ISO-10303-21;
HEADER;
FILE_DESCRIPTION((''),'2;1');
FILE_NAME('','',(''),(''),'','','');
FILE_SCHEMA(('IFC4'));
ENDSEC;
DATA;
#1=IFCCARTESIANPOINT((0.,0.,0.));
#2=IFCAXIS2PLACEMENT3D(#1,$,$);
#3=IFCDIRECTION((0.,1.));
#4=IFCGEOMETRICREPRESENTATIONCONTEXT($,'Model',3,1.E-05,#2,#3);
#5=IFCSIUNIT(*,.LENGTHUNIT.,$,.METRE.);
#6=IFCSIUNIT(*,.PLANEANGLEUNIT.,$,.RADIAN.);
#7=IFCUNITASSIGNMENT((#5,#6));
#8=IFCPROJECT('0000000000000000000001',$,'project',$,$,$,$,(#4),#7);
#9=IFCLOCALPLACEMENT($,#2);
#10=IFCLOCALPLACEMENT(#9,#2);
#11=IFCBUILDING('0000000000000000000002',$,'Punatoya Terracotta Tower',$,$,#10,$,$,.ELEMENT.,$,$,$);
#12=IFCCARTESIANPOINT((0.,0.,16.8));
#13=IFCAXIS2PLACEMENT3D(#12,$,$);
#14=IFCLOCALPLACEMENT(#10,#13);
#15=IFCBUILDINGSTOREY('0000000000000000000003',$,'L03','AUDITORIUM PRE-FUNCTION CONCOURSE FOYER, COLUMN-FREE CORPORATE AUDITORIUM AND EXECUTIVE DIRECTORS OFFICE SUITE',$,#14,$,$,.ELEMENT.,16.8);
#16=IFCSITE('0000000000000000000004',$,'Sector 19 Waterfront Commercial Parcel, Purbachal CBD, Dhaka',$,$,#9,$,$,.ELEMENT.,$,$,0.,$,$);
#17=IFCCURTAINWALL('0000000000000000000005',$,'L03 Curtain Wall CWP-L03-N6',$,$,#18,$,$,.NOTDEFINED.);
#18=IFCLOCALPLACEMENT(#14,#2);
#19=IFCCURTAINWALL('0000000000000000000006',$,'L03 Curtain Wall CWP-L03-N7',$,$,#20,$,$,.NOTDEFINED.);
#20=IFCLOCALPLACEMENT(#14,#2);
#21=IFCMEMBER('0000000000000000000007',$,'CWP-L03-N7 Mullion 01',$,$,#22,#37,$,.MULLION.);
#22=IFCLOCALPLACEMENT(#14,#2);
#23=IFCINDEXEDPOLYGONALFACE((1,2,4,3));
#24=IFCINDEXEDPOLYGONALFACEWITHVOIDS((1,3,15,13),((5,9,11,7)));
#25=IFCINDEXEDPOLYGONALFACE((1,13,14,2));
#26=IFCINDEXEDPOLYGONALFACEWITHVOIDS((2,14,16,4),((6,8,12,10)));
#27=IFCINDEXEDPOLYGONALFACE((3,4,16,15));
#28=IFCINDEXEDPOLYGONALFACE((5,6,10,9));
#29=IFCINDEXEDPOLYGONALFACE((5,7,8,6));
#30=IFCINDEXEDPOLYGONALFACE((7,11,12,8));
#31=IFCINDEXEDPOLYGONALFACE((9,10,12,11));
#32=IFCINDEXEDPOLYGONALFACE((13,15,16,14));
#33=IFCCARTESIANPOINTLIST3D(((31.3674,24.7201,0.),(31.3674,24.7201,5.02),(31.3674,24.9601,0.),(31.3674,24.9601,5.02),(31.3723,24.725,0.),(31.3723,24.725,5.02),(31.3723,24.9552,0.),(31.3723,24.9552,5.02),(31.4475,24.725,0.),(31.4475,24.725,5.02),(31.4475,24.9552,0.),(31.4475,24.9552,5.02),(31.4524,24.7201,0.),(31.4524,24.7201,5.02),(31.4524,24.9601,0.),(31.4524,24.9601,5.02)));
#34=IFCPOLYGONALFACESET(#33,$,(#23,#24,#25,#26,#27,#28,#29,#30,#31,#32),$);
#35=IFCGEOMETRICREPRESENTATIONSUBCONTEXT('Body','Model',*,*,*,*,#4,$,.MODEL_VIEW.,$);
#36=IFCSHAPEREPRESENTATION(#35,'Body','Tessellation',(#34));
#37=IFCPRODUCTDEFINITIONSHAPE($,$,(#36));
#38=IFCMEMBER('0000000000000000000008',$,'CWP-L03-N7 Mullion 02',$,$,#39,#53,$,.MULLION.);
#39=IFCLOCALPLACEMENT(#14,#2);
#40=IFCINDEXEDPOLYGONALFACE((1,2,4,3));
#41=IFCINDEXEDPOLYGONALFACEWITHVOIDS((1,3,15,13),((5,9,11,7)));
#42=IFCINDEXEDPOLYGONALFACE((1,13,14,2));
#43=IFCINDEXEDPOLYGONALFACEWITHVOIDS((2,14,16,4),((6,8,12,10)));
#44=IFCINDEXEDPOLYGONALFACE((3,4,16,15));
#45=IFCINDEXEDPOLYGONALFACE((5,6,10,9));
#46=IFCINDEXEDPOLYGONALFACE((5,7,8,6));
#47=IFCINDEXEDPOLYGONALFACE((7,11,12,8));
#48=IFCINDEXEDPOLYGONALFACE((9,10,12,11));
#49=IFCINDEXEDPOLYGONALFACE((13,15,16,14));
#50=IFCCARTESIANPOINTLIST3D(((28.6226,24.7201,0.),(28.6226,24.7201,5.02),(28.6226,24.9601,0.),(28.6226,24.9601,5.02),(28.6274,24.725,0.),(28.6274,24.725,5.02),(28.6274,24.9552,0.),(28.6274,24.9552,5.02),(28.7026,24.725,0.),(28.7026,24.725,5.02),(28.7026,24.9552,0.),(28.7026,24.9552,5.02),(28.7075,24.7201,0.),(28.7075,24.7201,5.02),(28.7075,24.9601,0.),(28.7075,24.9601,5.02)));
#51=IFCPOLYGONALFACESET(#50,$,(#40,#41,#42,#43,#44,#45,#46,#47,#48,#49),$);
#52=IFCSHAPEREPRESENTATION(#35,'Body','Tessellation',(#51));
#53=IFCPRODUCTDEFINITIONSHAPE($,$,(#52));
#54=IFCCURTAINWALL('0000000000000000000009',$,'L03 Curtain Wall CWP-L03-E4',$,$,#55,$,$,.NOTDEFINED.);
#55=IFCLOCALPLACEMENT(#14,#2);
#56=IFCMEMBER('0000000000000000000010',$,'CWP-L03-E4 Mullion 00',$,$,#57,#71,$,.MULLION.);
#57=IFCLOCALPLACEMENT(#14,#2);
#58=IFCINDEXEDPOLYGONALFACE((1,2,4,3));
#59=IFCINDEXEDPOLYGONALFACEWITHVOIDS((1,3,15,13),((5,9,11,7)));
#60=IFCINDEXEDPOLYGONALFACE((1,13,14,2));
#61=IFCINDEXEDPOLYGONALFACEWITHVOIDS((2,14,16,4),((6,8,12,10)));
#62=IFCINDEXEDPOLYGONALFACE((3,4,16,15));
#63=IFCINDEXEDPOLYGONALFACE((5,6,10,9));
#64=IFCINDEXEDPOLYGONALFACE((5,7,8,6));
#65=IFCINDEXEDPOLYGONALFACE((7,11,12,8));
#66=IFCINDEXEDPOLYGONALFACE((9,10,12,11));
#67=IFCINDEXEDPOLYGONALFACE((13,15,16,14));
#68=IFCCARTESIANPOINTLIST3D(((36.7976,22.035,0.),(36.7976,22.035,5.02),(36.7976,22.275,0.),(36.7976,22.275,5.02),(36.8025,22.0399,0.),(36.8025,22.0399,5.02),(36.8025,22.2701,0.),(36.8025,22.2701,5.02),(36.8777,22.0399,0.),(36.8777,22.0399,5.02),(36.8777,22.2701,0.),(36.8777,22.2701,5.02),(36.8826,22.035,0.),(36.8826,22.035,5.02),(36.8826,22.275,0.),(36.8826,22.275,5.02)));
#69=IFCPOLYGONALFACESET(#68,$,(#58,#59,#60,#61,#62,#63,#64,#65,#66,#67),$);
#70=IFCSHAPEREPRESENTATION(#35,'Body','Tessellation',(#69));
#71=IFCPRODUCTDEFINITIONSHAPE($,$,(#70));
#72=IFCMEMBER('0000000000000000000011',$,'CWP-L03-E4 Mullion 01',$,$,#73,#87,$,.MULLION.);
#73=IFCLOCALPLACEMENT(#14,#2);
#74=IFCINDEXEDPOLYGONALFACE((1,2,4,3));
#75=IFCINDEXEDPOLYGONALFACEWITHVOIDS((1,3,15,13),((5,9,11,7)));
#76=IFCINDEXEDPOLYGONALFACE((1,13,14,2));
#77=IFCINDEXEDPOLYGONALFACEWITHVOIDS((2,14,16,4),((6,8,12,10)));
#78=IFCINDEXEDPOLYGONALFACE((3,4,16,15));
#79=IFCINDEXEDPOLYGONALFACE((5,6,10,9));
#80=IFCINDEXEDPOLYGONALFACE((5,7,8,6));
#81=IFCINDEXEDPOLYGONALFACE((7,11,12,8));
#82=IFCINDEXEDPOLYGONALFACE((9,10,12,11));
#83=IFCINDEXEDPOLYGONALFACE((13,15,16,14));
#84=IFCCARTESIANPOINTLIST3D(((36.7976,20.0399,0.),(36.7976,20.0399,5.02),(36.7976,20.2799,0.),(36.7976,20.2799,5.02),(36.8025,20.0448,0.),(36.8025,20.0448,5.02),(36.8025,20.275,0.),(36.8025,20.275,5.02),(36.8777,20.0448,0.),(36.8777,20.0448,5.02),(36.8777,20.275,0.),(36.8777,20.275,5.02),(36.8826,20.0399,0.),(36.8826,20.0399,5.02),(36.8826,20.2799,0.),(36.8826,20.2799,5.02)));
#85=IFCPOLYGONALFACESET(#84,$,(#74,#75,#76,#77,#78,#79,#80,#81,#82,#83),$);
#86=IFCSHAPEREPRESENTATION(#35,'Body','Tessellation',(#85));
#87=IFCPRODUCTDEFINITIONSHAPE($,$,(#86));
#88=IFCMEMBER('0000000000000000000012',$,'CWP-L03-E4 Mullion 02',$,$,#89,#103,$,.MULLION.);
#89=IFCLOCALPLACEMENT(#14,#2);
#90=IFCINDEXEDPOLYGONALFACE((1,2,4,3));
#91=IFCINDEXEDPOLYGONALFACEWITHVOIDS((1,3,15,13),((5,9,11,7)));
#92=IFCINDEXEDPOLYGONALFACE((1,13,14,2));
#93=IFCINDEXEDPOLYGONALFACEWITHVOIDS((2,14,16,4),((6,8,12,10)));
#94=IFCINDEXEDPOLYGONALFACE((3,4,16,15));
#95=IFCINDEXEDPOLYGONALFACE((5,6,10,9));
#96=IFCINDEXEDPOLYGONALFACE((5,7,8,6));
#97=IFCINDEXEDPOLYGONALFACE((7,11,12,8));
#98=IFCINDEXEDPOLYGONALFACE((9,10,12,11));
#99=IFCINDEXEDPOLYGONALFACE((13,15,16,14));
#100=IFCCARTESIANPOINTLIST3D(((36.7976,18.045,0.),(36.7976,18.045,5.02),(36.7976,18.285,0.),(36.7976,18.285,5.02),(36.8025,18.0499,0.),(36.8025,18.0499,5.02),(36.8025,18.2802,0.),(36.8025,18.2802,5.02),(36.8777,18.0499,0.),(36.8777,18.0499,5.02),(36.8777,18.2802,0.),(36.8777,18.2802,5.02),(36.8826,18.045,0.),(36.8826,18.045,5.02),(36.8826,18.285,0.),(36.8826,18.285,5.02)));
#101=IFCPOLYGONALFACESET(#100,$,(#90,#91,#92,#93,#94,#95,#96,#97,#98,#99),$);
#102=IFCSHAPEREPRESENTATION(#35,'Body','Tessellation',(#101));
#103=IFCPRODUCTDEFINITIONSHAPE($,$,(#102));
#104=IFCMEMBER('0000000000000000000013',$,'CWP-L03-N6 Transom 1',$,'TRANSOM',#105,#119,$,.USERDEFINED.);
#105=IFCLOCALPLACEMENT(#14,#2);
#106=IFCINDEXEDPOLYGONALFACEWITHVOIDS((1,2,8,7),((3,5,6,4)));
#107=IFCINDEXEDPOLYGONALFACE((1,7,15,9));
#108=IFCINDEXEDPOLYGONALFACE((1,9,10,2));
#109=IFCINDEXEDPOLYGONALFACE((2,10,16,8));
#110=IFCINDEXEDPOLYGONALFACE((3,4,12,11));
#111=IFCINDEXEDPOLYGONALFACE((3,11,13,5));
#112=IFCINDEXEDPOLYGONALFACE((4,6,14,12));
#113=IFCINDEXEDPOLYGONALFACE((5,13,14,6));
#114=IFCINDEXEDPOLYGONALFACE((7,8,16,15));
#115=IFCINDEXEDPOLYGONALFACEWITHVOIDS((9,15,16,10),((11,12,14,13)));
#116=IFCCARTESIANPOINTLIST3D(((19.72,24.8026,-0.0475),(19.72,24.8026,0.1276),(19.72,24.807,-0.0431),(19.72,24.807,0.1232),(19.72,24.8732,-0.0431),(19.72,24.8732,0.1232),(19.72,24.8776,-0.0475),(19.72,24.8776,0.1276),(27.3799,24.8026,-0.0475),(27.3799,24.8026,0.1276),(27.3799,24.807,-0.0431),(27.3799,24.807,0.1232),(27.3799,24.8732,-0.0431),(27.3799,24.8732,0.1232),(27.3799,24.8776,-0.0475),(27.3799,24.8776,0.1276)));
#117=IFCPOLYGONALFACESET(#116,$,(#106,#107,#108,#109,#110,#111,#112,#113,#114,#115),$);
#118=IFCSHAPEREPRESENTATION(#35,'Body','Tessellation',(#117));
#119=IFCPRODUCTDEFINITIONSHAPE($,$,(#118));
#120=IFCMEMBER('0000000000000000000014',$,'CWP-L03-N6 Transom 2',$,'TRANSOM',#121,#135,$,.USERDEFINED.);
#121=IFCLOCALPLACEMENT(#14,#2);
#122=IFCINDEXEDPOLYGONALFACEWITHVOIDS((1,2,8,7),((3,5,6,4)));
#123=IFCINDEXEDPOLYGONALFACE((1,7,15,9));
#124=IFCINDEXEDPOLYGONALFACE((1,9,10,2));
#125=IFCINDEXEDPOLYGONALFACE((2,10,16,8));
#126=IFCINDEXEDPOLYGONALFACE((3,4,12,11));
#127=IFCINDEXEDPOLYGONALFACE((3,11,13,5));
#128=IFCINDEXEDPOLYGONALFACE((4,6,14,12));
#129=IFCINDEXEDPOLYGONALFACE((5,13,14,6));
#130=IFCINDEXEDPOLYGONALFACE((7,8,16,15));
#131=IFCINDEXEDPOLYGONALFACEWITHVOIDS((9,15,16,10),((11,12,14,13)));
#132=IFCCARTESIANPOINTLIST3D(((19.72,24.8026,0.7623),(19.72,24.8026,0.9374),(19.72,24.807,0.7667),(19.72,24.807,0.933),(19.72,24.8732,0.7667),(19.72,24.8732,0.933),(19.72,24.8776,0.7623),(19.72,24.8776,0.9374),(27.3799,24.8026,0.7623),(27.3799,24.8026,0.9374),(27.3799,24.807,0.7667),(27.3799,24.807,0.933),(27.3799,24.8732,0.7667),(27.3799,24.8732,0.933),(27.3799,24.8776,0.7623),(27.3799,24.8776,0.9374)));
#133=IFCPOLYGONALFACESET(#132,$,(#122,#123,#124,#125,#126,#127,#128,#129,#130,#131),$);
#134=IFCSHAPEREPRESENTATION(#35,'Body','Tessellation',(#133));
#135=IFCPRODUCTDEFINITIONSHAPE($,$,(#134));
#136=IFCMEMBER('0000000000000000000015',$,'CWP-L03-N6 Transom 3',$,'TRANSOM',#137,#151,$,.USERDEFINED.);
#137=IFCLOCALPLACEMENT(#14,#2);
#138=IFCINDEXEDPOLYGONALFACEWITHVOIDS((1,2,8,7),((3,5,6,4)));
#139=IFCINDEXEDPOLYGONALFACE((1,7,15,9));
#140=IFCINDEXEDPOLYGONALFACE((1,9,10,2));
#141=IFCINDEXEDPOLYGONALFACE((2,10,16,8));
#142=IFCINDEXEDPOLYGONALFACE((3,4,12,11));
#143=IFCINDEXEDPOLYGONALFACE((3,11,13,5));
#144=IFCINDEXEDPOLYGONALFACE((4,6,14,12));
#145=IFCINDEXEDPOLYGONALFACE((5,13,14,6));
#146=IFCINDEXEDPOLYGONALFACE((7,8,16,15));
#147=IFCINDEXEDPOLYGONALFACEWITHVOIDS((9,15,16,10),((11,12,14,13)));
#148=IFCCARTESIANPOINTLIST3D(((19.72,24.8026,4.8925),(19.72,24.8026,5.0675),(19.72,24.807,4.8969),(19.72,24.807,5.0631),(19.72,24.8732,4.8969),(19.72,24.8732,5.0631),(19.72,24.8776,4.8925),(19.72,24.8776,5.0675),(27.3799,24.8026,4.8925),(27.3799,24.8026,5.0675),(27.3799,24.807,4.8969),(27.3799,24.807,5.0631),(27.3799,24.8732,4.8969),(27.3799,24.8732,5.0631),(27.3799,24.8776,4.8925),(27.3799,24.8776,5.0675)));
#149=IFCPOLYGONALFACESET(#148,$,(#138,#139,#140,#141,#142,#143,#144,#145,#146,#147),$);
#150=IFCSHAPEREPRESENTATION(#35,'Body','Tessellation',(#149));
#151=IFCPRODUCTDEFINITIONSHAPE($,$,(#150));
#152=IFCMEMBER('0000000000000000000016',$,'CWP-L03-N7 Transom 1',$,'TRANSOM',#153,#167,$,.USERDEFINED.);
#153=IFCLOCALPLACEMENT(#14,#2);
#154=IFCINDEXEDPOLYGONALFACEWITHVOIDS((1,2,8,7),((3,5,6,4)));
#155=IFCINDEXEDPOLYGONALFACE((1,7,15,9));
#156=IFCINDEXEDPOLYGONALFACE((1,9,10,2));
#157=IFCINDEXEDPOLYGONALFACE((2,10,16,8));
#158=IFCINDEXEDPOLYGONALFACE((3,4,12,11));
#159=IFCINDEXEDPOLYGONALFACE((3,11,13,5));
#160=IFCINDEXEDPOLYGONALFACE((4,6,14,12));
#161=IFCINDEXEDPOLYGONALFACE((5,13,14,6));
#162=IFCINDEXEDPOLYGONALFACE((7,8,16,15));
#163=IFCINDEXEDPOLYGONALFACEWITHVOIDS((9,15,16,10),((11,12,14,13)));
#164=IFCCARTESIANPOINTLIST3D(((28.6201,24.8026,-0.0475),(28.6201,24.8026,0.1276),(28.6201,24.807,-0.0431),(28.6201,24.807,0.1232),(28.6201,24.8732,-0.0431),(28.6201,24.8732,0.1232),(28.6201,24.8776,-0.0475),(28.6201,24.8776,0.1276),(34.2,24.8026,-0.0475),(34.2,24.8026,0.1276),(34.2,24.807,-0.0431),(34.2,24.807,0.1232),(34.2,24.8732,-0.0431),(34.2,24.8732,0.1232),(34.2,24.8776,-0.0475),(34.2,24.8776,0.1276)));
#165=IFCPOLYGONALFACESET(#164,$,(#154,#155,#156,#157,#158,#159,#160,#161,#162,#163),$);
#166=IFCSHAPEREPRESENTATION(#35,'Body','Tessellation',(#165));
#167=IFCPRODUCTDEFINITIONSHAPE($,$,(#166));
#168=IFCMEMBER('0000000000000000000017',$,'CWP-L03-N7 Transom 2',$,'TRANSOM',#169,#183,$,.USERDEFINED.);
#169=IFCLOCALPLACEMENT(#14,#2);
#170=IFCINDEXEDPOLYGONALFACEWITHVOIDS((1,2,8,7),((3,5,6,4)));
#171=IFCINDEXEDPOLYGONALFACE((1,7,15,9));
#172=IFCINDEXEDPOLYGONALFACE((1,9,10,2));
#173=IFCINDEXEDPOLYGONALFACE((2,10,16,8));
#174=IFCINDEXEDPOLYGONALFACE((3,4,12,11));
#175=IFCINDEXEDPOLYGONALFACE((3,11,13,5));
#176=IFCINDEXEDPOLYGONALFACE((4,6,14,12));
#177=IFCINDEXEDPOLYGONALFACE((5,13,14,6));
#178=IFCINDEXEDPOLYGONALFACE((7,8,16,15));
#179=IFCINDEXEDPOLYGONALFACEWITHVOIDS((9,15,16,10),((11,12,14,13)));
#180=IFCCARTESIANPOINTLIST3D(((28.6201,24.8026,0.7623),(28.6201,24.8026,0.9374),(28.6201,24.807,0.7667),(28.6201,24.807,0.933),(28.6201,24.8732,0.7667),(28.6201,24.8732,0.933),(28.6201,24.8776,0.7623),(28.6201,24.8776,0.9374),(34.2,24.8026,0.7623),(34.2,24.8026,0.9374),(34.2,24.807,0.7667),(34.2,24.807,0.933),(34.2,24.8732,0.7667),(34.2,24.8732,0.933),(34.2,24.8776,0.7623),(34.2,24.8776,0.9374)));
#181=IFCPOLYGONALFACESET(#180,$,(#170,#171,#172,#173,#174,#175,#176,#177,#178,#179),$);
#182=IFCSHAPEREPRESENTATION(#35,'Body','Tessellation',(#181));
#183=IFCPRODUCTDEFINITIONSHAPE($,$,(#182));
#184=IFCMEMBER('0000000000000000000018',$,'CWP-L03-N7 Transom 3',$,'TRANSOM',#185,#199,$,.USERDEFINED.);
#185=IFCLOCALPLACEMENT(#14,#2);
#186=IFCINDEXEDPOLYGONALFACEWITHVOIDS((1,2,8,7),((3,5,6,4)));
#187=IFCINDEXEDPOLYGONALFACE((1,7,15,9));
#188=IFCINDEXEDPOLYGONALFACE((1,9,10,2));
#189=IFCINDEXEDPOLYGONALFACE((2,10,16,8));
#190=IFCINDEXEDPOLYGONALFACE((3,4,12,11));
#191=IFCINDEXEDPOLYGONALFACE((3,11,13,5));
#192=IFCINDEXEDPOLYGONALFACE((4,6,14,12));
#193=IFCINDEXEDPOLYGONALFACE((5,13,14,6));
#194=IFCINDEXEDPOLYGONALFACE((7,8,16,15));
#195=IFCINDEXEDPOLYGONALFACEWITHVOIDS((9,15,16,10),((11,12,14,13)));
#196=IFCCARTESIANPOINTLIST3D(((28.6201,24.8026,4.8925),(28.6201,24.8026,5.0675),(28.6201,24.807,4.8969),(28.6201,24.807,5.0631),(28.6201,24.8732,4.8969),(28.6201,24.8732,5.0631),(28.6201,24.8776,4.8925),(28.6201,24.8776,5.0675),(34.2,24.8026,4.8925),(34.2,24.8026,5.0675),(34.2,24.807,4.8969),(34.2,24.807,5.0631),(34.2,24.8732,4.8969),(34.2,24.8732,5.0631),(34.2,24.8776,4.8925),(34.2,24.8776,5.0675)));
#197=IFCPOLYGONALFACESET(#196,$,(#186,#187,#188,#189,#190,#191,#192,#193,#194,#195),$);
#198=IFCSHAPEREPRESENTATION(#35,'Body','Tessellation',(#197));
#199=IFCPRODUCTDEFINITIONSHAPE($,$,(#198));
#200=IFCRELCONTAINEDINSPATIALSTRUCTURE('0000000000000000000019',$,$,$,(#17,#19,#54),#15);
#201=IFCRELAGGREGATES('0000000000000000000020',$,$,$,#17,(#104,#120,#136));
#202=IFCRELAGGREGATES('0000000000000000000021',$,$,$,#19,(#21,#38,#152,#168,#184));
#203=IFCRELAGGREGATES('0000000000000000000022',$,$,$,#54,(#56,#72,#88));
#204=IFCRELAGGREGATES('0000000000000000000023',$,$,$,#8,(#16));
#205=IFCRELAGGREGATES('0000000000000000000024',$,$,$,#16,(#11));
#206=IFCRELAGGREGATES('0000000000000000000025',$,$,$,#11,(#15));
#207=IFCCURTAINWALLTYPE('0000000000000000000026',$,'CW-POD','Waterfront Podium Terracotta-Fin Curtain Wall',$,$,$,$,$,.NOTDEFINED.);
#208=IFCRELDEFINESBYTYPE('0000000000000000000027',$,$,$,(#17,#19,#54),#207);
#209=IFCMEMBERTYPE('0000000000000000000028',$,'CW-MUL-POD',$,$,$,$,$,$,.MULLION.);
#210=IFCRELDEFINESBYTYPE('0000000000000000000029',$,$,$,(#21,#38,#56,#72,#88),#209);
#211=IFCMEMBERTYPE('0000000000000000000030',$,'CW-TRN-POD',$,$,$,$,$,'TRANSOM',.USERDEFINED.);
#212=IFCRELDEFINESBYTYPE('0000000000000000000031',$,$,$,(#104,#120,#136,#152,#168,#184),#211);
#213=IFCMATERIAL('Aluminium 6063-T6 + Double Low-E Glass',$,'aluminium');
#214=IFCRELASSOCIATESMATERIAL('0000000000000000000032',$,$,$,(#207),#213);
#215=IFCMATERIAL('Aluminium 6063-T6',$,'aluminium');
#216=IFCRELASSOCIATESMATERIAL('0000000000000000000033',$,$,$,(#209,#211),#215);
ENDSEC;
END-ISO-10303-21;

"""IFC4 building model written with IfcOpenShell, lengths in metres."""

from ifc_helpers import new_model, si_unit, direction, frame, origin, origin_2d, place, context, subcontext, project, spatial, hollow_rectangle, extrude, material, material_profile, profile_set, type_object, element, aggregate, save


model = new_model("IFC4")

# Units and contexts
model_context = context("Model", 3, precision=1e-05, world=origin(), true_north=direction((0.0, 1.0)))
body_context = subcontext(model_context, "Body", "Model", "MODEL_VIEW")
ifc_project = project(units=[si_unit("LENGTHUNIT", "METRE"), si_unit("PLANEANGLEUNIT", "RADIAN")], contexts=[model_context])

# Site, building, storey
site_placement = place(None, origin())
site = spatial("IfcSite", under=ifc_project, at=site_placement, Name="Sector 19 Waterfront Commercial Parcel, Purbachal CBD, Dhaka", CompositionType="ELEMENT", RefElevation=0.0)
building_placement = place(site_placement, origin())
building = spatial("IfcBuilding", under=site, at=building_placement, Name="Punatoya Terracotta Tower", CompositionType="ELEMENT")
storey_placement = place(building_placement, frame((0.0, 0.0, 16.8)))
storey = spatial("IfcBuildingStorey", under=building, at=storey_placement, Name="L03", Description="AUDITORIUM PRE-FUNCTION CONCOURSE FOYER, COLUMN-FREE CORPORATE AUDITORIUM AND EXECUTIVE DIRECTORS OFFICE SUITE", CompositionType="ELEMENT", Elevation=16.8)

# Curtain walls, members
ifc_material_1 = material(Name="Aluminium 6063-T6 + Double Low-E Glass", Category="aluminium")
curtain_wall_type = type_object("IfcCurtainWallType", Name="CW-POD", Description="Waterfront Podium Terracotta-Fin Curtain Wall", PredefinedType="NOTDEFINED", material=ifc_material_1)
curtain_wall_1_placement = place(storey_placement, origin())
curtain_wall_1 = element("IfcCurtainWall", 1, at=curtain_wall_1_placement, inside=storey, type_object=curtain_wall_type, Name="L03 Curtain Wall CWP-L03-N6", PredefinedType="NOTDEFINED")
ifc_material_2 = material(Name="Aluminium 6063-T6", Category="aluminium")
ifc_material_profile_1 = material_profile(ifc_material_2, hollow_rectangle(XDim=0.085, YDim=0.24, WallThickness=0.0049, at=origin_2d()))
ifc_profile_set_1 = profile_set([ifc_material_profile_1], Name="Aluminium 6063-T6")
member_type_1 = type_object("IfcMemberType", Name="CW-MUL-POD", PredefinedType="MULLION", material=ifc_profile_set_1)
curtain_wall_2_placement = place(storey_placement, origin())
curtain_wall_2 = element("IfcCurtainWall", 2, at=curtain_wall_2_placement, inside=storey, type_object=curtain_wall_type, Name="L03 Curtain Wall CWP-L03-N7", PredefinedType="NOTDEFINED")
member_1_placement = place(storey_placement, frame((31.4099, 24.8401, 0.0), z_axis=(0.0, 0.0, 1.0), x_axis=(1.0, 0.0, 0.0)))
member_1 = element("IfcMember", 3, at=member_1_placement, type_object=member_type_1, Name="CWP-L03-N7 Mullion 01", PredefinedType="MULLION", context=body_context, shape_type="SweptSolid", body=[
    extrude(hollow_rectangle(XDim=0.085, YDim=0.24, WallThickness=0.0049, at=origin_2d()), origin(), (0.0, 0.0, 1.0), 5.02),
])
member_2_placement = place(storey_placement, frame((28.665, 24.8401, 0.0), z_axis=(0.0, 0.0, 1.0), x_axis=(1.0, 0.0, 0.0)))
member_2 = element("IfcMember", 4, at=member_2_placement, type_object=member_type_1, Name="CWP-L03-N7 Mullion 02", PredefinedType="MULLION", context=body_context, shape_type="SweptSolid", body=[
    extrude(hollow_rectangle(XDim=0.085, YDim=0.24, WallThickness=0.0049, at=origin_2d()), origin(), (0.0, 0.0, 1.0), 5.02),
])
curtain_wall_3_placement = place(storey_placement, origin())
curtain_wall_3 = element("IfcCurtainWall", 5, at=curtain_wall_3_placement, inside=storey, type_object=curtain_wall_type, Name="L03 Curtain Wall CWP-L03-E4", PredefinedType="NOTDEFINED")
member_3_placement = place(storey_placement, frame((36.8401, 22.155, 0.0), z_axis=(0.0, 0.0, 1.0), x_axis=(1.0, 0.0, 0.0)))
member_3 = element("IfcMember", 6, at=member_3_placement, type_object=member_type_1, Name="CWP-L03-E4 Mullion 00", PredefinedType="MULLION", context=body_context, shape_type="SweptSolid", body=[
    extrude(hollow_rectangle(XDim=0.085, YDim=0.24, WallThickness=0.0049, at=origin_2d()), origin(), (0.0, 0.0, 1.0), 5.02),
])
member_4_placement = place(storey_placement, frame((36.8401, 20.1599, 0.0), z_axis=(0.0, 0.0, 1.0), x_axis=(1.0, 0.0, 0.0)))
member_4 = element("IfcMember", 7, at=member_4_placement, type_object=member_type_1, Name="CWP-L03-E4 Mullion 01", PredefinedType="MULLION", context=body_context, shape_type="SweptSolid", body=[
    extrude(hollow_rectangle(XDim=0.085, YDim=0.24, WallThickness=0.0049, at=origin_2d()), origin(), (0.0, 0.0, 1.0), 5.02),
])
member_5_placement = place(storey_placement, frame((36.8401, 18.165, 0.0), z_axis=(0.0, 0.0, 1.0), x_axis=(1.0, 0.0, 0.0)))
member_5 = element("IfcMember", 8, at=member_5_placement, type_object=member_type_1, Name="CWP-L03-E4 Mullion 02", PredefinedType="MULLION", context=body_context, shape_type="SweptSolid", body=[
    extrude(hollow_rectangle(XDim=0.085, YDim=0.24, WallThickness=0.0049, at=origin_2d()), origin(), (0.0, 0.0, 1.0), 5.02),
])

# Members
ifc_material_profile_2 = material_profile(ifc_material_2, hollow_rectangle(XDim=0.075, YDim=0.175, WallThickness=0.0044, at=origin_2d()))
ifc_profile_set_2 = profile_set([ifc_material_profile_2], Name="Aluminium 6063-T6")
member_type_2 = type_object("IfcMemberType", Name="CW-TRN-POD", ElementType="TRANSOM", PredefinedType="USERDEFINED", material=ifc_profile_set_2)
member_6_placement = place(storey_placement, frame((27.3799, 24.8401, 0.04), z_axis=(-1.0, 0.0, 0.0), x_axis=(0.0, -1.0, 0.0)))
member_6 = element("IfcMember", 9, at=member_6_placement, type_object=member_type_2, Name="CWP-L03-N6 Transom 1", ObjectType="TRANSOM", PredefinedType="USERDEFINED", context=body_context, shape_type="SweptSolid", body=[
    extrude(hollow_rectangle(XDim=0.075, YDim=0.175, WallThickness=0.0044, at=origin_2d()), origin(), (0.0, 0.0, 1.0), 7.6599),
])
member_7_placement = place(storey_placement, frame((27.3799, 24.8401, 0.8499), z_axis=(-1.0, 0.0, 0.0), x_axis=(0.0, -1.0, 0.0)))
member_7 = element("IfcMember", 10, at=member_7_placement, type_object=member_type_2, Name="CWP-L03-N6 Transom 2", ObjectType="TRANSOM", PredefinedType="USERDEFINED", context=body_context, shape_type="SweptSolid", body=[
    extrude(hollow_rectangle(XDim=0.075, YDim=0.175, WallThickness=0.0044, at=origin_2d()), origin(), (0.0, 0.0, 1.0), 7.6599),
])
member_8_placement = place(storey_placement, frame((27.3799, 24.8401, 4.98), z_axis=(-1.0, 0.0, 0.0), x_axis=(0.0, -1.0, 0.0)))
member_8 = element("IfcMember", 11, at=member_8_placement, type_object=member_type_2, Name="CWP-L03-N6 Transom 3", ObjectType="TRANSOM", PredefinedType="USERDEFINED", context=body_context, shape_type="SweptSolid", body=[
    extrude(hollow_rectangle(XDim=0.075, YDim=0.175, WallThickness=0.0044, at=origin_2d()), origin(), (0.0, 0.0, 1.0), 7.6599),
])
member_9_placement = place(storey_placement, frame((34.2, 24.8401, 0.04), z_axis=(-1.0, 0.0, 0.0), x_axis=(0.0, -1.0, 0.0)))
member_9 = element("IfcMember", 12, at=member_9_placement, type_object=member_type_2, Name="CWP-L03-N7 Transom 1", ObjectType="TRANSOM", PredefinedType="USERDEFINED", context=body_context, shape_type="SweptSolid", body=[
    extrude(hollow_rectangle(XDim=0.075, YDim=0.175, WallThickness=0.0044, at=origin_2d()), origin(), (0.0, 0.0, 1.0), 5.5798),
])
member_10_placement = place(storey_placement, frame((34.2, 24.8401, 0.8499), z_axis=(-1.0, 0.0, 0.0), x_axis=(0.0, -1.0, 0.0)))
member_10 = element("IfcMember", 13, at=member_10_placement, type_object=member_type_2, Name="CWP-L03-N7 Transom 2", ObjectType="TRANSOM", PredefinedType="USERDEFINED", context=body_context, shape_type="SweptSolid", body=[
    extrude(hollow_rectangle(XDim=0.075, YDim=0.175, WallThickness=0.0044, at=origin_2d()), origin(), (0.0, 0.0, 1.0), 5.5798),
])
member_11_placement = place(storey_placement, frame((34.2, 24.8401, 4.98), z_axis=(-1.0, 0.0, 0.0), x_axis=(0.0, -1.0, 0.0)))
member_11 = element("IfcMember", 14, at=member_11_placement, type_object=member_type_2, Name="CWP-L03-N7 Transom 3", ObjectType="TRANSOM", PredefinedType="USERDEFINED", context=body_context, shape_type="SweptSolid", body=[
    extrude(hollow_rectangle(XDim=0.075, YDim=0.175, WallThickness=0.0044, at=origin_2d()), origin(), (0.0, 0.0, 1.0), 5.5798),
])

aggregate(curtain_wall_1, [member_6, member_7, member_8])
aggregate(curtain_wall_2, [member_1, member_2, member_9, member_10, member_11])
aggregate(curtain_wall_3, [member_3, member_4, member_5])

save(model, "model.ifc")
